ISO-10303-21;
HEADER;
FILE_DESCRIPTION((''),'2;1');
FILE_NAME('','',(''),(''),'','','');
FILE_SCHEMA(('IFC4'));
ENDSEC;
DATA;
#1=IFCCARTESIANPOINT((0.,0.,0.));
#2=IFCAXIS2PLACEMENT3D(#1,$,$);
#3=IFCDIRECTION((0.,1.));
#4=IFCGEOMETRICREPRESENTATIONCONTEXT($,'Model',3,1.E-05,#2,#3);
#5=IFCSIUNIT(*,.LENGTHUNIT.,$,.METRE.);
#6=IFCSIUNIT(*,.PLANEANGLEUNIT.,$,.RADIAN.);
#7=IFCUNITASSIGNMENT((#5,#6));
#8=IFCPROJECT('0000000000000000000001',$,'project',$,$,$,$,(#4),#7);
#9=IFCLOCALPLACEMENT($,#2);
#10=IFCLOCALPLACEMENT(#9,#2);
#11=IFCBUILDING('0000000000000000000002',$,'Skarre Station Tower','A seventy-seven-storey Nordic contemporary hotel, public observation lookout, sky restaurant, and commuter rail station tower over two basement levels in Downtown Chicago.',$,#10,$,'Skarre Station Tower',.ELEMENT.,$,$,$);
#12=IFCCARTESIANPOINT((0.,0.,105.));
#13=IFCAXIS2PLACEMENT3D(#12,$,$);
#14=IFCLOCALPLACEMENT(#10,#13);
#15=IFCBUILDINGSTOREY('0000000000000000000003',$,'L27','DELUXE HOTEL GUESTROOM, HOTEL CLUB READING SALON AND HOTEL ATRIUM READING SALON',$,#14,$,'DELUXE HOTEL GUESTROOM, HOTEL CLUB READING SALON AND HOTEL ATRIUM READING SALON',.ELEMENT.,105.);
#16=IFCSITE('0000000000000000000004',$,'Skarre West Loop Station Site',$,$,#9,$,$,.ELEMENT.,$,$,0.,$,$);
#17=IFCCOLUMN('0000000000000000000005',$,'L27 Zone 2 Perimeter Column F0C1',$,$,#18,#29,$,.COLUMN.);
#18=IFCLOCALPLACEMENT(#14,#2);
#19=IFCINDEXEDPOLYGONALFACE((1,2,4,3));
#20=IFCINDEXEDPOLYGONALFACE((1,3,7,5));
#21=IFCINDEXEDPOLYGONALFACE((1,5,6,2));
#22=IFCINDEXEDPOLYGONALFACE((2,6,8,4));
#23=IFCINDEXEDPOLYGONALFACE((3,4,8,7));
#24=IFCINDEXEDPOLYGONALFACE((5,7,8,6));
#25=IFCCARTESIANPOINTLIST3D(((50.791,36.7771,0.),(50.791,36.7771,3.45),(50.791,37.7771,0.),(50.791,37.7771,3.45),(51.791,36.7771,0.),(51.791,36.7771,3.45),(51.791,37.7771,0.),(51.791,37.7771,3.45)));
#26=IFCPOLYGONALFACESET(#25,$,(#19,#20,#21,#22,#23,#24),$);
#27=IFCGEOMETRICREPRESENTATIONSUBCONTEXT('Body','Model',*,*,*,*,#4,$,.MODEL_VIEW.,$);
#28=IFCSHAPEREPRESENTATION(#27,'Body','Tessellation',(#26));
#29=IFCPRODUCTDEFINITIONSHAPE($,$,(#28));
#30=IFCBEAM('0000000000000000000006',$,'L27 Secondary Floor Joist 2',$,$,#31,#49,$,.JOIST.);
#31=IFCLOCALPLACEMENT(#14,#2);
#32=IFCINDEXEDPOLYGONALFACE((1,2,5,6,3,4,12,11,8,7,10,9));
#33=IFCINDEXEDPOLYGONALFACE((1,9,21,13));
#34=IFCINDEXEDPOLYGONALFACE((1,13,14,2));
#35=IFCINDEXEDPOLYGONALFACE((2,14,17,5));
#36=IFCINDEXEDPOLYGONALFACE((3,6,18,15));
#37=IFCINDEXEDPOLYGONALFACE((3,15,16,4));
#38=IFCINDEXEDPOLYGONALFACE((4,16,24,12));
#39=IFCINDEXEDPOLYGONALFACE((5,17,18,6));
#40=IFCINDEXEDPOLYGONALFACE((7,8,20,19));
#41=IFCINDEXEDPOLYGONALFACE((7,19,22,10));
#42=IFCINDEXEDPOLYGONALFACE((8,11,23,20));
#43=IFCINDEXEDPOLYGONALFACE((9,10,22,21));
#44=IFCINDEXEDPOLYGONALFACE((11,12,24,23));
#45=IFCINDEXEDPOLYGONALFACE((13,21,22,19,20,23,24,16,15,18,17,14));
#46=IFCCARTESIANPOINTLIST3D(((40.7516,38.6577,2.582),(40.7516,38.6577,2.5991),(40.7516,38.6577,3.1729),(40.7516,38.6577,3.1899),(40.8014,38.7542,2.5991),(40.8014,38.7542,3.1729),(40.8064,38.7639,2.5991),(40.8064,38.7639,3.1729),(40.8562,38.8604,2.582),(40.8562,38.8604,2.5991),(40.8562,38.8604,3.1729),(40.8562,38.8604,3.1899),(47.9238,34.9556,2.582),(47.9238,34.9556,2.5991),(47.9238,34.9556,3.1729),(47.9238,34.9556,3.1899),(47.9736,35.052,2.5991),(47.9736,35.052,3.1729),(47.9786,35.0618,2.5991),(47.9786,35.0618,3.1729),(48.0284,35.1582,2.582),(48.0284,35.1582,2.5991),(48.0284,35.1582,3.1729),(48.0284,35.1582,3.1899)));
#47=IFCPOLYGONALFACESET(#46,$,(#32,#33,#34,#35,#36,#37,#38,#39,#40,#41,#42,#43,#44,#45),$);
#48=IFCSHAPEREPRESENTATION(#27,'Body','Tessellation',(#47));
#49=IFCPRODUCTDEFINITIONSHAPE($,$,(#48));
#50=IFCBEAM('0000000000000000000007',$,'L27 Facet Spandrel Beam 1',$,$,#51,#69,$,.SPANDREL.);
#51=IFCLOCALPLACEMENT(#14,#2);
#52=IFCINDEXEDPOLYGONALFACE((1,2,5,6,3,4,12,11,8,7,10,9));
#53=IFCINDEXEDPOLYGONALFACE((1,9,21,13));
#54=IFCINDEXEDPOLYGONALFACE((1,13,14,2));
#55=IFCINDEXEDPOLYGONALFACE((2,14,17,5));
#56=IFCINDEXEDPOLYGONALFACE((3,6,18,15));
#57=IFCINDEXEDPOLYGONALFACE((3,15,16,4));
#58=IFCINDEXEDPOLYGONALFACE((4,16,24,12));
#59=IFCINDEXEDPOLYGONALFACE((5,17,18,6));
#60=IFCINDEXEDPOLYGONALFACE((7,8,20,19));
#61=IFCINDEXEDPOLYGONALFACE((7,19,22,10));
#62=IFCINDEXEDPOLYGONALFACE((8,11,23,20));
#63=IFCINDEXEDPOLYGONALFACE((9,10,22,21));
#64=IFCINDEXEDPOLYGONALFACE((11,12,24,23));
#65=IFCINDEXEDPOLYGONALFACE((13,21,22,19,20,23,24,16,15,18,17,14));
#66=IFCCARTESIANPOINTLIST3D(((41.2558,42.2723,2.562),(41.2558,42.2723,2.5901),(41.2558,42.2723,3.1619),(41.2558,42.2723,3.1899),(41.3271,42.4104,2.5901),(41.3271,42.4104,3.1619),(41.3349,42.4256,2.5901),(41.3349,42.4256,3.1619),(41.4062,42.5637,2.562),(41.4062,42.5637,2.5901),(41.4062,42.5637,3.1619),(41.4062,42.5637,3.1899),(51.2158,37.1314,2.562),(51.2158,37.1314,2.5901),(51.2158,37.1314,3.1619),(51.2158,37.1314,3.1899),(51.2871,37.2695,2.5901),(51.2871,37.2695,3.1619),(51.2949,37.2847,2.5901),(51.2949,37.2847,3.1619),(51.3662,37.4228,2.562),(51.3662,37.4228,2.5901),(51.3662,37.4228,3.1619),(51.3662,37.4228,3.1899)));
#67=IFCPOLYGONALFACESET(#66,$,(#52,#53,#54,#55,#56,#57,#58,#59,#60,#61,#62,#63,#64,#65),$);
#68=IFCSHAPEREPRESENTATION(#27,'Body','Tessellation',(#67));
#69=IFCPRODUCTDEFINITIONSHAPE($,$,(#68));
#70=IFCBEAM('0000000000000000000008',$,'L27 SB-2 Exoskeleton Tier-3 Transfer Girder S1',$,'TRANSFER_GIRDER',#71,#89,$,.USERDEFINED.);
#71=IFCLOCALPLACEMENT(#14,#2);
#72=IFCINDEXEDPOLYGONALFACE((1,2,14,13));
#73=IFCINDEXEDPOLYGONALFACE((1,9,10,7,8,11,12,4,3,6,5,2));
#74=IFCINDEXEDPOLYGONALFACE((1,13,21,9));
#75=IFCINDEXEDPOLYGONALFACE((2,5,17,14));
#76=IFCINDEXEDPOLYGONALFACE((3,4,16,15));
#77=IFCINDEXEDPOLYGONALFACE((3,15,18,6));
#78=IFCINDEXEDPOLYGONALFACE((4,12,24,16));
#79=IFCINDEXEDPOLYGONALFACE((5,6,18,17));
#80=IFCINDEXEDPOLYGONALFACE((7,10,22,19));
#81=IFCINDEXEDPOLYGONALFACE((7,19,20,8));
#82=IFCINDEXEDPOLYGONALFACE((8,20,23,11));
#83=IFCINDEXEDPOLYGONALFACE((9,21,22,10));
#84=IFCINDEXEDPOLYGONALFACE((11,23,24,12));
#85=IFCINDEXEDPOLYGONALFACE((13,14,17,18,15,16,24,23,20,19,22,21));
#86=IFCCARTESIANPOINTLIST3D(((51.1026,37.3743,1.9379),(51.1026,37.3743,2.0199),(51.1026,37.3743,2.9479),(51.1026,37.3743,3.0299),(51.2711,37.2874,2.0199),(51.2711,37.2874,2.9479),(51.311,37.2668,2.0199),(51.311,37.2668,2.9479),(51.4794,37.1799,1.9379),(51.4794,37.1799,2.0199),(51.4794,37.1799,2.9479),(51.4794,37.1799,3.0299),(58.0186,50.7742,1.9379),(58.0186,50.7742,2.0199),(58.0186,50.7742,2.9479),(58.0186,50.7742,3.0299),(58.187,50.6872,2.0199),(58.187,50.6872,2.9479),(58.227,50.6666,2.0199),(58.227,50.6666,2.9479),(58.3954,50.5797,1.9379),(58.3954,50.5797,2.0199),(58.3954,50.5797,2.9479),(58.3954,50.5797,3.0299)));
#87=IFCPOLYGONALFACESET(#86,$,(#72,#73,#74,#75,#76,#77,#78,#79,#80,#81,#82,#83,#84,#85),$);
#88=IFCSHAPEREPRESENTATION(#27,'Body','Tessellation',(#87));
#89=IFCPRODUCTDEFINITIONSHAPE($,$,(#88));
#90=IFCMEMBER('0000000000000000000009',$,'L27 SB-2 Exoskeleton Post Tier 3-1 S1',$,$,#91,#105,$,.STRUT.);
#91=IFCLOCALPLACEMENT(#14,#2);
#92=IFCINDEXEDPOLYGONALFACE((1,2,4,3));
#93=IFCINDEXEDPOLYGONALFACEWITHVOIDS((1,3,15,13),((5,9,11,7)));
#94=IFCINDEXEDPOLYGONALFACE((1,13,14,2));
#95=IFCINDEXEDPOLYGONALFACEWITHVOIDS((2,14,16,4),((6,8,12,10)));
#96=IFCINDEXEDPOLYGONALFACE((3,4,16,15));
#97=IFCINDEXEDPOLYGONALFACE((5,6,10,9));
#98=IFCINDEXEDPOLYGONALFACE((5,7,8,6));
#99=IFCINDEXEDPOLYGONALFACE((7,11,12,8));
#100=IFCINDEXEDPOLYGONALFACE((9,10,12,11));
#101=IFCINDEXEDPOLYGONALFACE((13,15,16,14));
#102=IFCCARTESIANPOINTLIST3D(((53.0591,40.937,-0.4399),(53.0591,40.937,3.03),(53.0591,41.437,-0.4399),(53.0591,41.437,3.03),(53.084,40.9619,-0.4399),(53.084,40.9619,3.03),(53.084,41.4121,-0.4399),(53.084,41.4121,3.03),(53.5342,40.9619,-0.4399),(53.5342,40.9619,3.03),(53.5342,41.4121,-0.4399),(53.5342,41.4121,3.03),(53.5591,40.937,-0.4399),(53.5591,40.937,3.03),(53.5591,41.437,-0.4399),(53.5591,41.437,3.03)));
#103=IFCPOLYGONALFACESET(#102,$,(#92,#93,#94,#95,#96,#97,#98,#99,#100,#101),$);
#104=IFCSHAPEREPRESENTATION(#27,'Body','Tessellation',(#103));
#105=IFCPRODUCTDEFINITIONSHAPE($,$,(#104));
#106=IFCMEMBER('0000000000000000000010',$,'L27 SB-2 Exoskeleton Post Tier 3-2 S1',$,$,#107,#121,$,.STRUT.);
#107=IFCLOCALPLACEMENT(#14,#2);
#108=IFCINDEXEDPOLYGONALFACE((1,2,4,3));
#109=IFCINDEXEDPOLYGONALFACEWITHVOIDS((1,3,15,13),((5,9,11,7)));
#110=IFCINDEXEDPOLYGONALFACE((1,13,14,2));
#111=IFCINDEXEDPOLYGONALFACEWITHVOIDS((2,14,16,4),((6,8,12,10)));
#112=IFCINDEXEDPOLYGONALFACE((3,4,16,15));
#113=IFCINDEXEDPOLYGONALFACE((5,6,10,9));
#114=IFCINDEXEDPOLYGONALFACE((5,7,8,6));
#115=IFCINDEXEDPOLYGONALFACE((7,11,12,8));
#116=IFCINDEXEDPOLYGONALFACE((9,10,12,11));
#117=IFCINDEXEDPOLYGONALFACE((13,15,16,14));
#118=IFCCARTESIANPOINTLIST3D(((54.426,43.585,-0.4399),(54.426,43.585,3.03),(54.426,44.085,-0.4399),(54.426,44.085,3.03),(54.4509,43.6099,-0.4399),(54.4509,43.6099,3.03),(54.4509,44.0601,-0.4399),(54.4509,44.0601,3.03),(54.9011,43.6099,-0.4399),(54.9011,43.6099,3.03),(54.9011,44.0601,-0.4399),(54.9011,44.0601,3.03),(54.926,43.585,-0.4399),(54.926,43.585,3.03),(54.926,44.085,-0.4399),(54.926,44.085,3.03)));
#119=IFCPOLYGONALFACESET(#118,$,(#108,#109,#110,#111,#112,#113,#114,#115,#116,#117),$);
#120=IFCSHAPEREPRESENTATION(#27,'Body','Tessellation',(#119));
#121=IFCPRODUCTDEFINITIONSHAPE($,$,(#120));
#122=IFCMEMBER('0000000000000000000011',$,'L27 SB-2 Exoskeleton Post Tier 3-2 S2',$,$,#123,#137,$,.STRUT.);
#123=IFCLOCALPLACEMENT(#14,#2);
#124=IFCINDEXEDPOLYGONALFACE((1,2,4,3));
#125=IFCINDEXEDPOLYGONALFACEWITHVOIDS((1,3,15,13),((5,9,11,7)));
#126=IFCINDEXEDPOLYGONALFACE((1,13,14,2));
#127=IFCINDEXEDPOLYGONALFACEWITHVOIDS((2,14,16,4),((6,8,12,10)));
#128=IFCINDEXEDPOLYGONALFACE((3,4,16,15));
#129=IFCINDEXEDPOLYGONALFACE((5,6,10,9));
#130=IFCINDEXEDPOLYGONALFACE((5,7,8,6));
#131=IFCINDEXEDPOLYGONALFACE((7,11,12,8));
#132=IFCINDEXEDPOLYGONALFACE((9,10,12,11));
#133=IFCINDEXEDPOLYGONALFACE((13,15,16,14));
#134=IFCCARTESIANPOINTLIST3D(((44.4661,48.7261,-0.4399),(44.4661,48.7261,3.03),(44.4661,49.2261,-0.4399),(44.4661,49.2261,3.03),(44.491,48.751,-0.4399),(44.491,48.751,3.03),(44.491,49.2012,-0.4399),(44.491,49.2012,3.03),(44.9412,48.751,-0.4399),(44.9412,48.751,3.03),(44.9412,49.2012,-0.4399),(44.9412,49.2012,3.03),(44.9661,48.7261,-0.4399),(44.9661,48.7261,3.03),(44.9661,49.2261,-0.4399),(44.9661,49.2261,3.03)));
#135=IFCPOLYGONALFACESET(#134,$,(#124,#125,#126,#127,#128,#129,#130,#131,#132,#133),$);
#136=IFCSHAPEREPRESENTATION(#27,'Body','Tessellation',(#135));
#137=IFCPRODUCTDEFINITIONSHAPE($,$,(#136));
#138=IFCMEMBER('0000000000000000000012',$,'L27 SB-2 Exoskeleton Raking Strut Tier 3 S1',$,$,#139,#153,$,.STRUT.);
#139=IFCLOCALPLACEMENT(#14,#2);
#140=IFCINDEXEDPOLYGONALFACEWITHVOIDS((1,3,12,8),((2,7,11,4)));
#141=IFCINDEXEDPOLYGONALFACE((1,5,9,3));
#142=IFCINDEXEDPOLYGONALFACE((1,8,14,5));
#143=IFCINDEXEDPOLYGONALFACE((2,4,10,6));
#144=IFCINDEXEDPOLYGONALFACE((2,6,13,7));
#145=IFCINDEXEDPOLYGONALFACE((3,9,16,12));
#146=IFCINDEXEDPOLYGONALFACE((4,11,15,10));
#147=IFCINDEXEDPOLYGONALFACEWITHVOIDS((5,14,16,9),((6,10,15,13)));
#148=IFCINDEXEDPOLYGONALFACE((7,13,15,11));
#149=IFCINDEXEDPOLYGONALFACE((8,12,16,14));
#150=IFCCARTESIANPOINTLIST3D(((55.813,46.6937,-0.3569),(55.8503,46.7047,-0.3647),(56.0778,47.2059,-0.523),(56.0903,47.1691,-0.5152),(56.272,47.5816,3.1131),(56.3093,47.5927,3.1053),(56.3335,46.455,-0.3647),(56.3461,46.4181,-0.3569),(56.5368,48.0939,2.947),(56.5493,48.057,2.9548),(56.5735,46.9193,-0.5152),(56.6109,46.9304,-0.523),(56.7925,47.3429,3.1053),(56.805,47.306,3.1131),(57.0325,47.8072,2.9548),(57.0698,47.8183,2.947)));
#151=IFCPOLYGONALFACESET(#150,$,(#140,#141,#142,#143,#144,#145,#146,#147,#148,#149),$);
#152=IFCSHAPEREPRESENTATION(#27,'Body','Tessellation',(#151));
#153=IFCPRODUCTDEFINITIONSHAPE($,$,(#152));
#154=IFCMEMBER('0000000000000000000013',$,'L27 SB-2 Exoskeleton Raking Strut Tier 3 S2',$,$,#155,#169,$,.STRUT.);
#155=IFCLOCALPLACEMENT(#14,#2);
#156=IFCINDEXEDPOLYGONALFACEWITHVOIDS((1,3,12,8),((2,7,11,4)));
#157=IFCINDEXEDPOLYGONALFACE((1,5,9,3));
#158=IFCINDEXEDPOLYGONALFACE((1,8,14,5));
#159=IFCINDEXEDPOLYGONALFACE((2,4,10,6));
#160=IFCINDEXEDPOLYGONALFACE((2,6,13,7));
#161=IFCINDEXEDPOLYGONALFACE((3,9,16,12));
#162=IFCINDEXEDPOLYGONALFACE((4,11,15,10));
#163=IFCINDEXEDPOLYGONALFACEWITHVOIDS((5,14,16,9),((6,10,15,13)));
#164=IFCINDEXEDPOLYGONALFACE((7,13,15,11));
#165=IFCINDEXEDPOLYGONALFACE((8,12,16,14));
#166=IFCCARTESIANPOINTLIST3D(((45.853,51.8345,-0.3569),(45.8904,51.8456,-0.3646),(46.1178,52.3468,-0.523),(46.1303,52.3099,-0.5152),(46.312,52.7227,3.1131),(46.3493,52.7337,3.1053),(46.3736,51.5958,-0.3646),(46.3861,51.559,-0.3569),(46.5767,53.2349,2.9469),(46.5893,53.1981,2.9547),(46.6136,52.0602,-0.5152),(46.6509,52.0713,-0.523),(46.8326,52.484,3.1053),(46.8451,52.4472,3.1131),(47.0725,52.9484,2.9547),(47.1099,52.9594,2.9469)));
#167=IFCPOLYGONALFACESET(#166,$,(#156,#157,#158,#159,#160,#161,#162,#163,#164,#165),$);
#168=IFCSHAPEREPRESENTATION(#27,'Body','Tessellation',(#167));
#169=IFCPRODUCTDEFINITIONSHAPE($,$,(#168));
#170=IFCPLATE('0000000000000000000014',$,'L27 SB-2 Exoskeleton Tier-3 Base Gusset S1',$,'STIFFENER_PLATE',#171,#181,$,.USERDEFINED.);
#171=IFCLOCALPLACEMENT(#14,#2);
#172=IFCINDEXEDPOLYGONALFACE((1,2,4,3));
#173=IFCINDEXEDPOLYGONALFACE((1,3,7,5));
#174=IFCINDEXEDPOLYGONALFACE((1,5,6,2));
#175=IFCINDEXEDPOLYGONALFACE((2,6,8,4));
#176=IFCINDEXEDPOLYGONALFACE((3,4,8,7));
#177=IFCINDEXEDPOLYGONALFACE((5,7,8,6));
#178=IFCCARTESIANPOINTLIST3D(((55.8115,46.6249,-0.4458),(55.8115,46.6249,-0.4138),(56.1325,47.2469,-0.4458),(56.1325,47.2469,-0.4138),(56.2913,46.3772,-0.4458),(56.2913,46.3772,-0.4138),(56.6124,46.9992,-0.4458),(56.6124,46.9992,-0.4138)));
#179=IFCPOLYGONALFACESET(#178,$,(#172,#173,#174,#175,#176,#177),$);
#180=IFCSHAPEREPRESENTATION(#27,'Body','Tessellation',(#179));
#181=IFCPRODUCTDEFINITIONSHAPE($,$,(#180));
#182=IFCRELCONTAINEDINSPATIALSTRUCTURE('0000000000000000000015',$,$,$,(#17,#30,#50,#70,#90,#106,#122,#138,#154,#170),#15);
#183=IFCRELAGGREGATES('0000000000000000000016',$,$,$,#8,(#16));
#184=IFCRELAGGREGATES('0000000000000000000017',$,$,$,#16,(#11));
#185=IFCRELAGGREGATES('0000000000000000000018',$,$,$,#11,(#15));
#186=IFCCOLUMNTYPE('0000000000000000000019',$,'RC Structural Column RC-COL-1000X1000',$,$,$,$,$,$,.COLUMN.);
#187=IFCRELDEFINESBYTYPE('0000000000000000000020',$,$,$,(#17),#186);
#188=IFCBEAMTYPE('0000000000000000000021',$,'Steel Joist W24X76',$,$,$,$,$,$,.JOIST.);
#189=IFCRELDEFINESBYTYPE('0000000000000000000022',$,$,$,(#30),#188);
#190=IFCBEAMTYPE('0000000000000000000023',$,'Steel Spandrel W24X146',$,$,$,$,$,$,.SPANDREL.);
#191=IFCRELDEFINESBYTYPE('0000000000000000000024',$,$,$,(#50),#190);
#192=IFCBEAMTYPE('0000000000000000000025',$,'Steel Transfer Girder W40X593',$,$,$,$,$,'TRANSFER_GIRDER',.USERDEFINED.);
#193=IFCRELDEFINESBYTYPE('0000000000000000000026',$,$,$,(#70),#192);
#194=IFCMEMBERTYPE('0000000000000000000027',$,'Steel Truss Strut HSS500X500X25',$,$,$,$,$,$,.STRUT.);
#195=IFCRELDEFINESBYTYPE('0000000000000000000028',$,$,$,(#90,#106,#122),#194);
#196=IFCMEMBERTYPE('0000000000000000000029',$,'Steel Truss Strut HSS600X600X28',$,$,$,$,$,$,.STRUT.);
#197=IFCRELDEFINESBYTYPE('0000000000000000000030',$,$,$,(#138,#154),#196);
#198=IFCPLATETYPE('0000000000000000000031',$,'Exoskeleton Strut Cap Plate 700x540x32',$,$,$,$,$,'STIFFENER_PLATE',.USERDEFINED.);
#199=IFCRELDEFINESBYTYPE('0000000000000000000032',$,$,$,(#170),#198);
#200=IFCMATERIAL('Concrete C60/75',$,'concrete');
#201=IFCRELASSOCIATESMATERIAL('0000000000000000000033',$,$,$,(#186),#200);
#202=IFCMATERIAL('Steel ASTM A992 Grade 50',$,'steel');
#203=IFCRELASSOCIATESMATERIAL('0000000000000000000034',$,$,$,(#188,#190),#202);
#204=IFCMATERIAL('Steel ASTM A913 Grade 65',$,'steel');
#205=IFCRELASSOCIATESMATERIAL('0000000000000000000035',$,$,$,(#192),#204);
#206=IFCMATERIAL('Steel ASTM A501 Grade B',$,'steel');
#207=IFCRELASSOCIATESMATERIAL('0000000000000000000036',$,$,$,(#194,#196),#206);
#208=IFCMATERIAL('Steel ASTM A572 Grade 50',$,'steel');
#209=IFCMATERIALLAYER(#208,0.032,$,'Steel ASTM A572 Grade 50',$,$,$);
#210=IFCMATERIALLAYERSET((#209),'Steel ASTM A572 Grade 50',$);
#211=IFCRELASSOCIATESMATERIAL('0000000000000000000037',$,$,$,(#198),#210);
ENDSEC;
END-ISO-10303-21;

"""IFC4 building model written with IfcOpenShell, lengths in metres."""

from ifc_helpers import new_model, si_unit, direction, frame, origin, origin_2d, place, context, subcontext, project, spatial, rectangle, hollow_rectangle, i_section, extrude, material, layer, layer_set, material_profile, profile_set, type_object, element, save


model = new_model("IFC4")

# Units and contexts
model_context = context("Model", 3, precision=1e-05, world=origin(), true_north=direction((0.0, 1.0)))
body_context = subcontext(model_context, "Body", "Model", "MODEL_VIEW")
ifc_project = project(units=[si_unit("LENGTHUNIT", "METRE"), si_unit("PLANEANGLEUNIT", "RADIAN")], contexts=[model_context])

# Site, building, storey
site_placement = place(None, origin())
site = spatial("IfcSite", under=ifc_project, at=site_placement, Name="Skarre West Loop Station Site", CompositionType="ELEMENT", RefElevation=0.0)
building_placement = place(site_placement, origin())
building = spatial("IfcBuilding", under=site, at=building_placement, Name="Skarre Station Tower", Description="A seventy-seven-storey Nordic contemporary hotel, public observation lookout, sky restaurant, and commuter rail station tower over two basement levels in Downtown Chicago.", LongName="Skarre Station Tower", CompositionType="ELEMENT")
storey_placement = place(building_placement, frame((0.0, 0.0, 105.0)))
storey = spatial("IfcBuildingStorey", under=building, at=storey_placement, Name="L27", Description="DELUXE HOTEL GUESTROOM, HOTEL CLUB READING SALON AND HOTEL ATRIUM READING SALON", LongName="DELUXE HOTEL GUESTROOM, HOTEL CLUB READING SALON AND HOTEL ATRIUM READING SALON", CompositionType="ELEMENT", Elevation=105.0)

# Column
ifc_material_1 = material(Name="Concrete C60/75", Category="concrete")
ifc_material_profile_1 = material_profile(ifc_material_1, rectangle(XDim=1.0, YDim=1.0, at=origin_2d()), Name="Concrete C60/75")
ifc_profile_set_1 = profile_set([ifc_material_profile_1], Name="Concrete C60/75")
column_type = type_object("IfcColumnType", Name="RC Structural Column RC-COL-1000X1000", PredefinedType="COLUMN", material=ifc_profile_set_1)
column_placement = place(storey_placement, frame((51.291, 37.2771, 0.0), z_axis=(0.0, 0.0, 1.0), x_axis=(1.0, 0.0, 0.0)))
element("IfcColumn", 1, at=column_placement, inside=storey, type_object=column_type, Name="L27 Zone 2 Perimeter Column F0C1", PredefinedType="COLUMN", context=body_context, shape_type="SweptSolid", body=[
    extrude(rectangle(XDim=1.0, YDim=1.0, at=origin_2d()), origin(), (0.0, 0.0, 1.0), 3.45),
])

# Beams
ifc_material_2 = material(Name="Steel ASTM A992 Grade 50", Category="steel")
ifc_material_profile_2 = material_profile(ifc_material_2, i_section(OverallWidth=0.228, OverallDepth=0.6079, WebThickness=0.011, FlangeThickness=0.0171, at=origin_2d()), Name="Steel ASTM A992 Grade 50")
ifc_profile_set_2 = profile_set([ifc_material_profile_2], Name="Steel ASTM A992 Grade 50")
beam_type_1 = type_object("IfcBeamType", Name="Steel Joist W24X76", PredefinedType="JOIST", material=ifc_profile_set_2)
beam_1_placement = place(storey_placement, frame((47.9761, 35.0569, 2.886), z_axis=(-0.8886, 0.458683, 0.0), x_axis=(-0.458683, -0.8886, 0.0)))
element("IfcBeam", 2, at=beam_1_placement, inside=storey, type_object=beam_type_1, Name="L27 Secondary Floor Joist 2", PredefinedType="JOIST", context=body_context, shape_type="SweptSolid", body=[
    extrude(i_section(OverallWidth=0.228, OverallDepth=0.6079, WebThickness=0.011, FlangeThickness=0.0171, at=origin_2d()), origin(), (0.0, 0.0, 1.0), 8.0713),
])
ifc_material_profile_3 = material_profile(ifc_material_2, i_section(OverallWidth=0.3279, OverallDepth=0.6279, WebThickness=0.0171, FlangeThickness=0.0281, at=origin_2d()), Name="Steel ASTM A992 Grade 50")
ifc_profile_set_3 = profile_set([ifc_material_profile_3], Name="Steel ASTM A992 Grade 50")
beam_type_2 = type_object("IfcBeamType", Name="Steel Spandrel W24X146", PredefinedType="SPANDREL", material=ifc_profile_set_3)
beam_2_placement = place(storey_placement, frame((51.291, 37.2771, 2.876), z_axis=(-0.888612, 0.45866, 0.0), x_axis=(-0.45866, -0.888612, 0.0)))
element("IfcBeam", 3, at=beam_2_placement, inside=storey, type_object=beam_type_2, Name="L27 Facet Spandrel Beam 1", PredefinedType="SPANDREL", context=body_context, shape_type="SweptSolid", body=[
    extrude(i_section(OverallWidth=0.3279, OverallDepth=0.6279, WebThickness=0.0171, FlangeThickness=0.0281, at=origin_2d()), origin(), (0.0, 0.0, 1.0), 11.2085),
])
ifc_material_3 = material(Name="Steel ASTM A913 Grade 65", Category="steel")
ifc_material_profile_4 = material_profile(ifc_material_3, i_section(OverallWidth=0.4241, OverallDepth=1.092, WebThickness=0.0449, FlangeThickness=0.082, at=origin_2d()), Name="Steel ASTM A913 Grade 65")
ifc_profile_set_4 = profile_set([ifc_material_profile_4], Name="Steel ASTM A913 Grade 65")
beam_type_3 = type_object("IfcBeamType", Name="Steel Transfer Girder W40X593", ElementType="TRANSFER_GIRDER", PredefinedType="USERDEFINED", material=ifc_profile_set_4)
beam_3_placement = place(storey_placement, frame((51.291, 37.2771, 2.4839), z_axis=(0.45864, 0.888622, 0.0), x_axis=(-0.888622, 0.45864, 0.0)))
element("IfcBeam", 4, at=beam_3_placement, inside=storey, type_object=beam_type_3, Name="L27 SB-2 Exoskeleton Tier-3 Transfer Girder S1", ObjectType="TRANSFER_GIRDER", PredefinedType="USERDEFINED", context=body_context, shape_type="SweptSolid", body=[
    extrude(i_section(OverallWidth=0.4241, OverallDepth=1.092, WebThickness=0.0449, FlangeThickness=0.082, at=origin_2d()), origin(), (0.0, 0.0, 1.0), 15.0793),
])

# Members
ifc_material_4 = material(Name="Steel ASTM A501 Grade B", Category="steel")
ifc_material_profile_5 = material_profile(ifc_material_4, hollow_rectangle(XDim=0.5, YDim=0.5, WallThickness=0.0249, at=origin_2d()), Name="Steel ASTM A501 Grade B")
ifc_profile_set_5 = profile_set([ifc_material_profile_5], Name="Steel ASTM A501 Grade B")
member_type_1 = type_object("IfcMemberType", Name="Steel Truss Strut HSS500X500X25", PredefinedType="STRUT", material=ifc_profile_set_5)
for number, where, z_axis, x_axis, name in (
    (5, (53.3091, 41.187, -0.4399), (0.0, 0.0, 1.0), (1.0, 0.0, 0.0), "L27 SB-2 Exoskeleton Post Tier 3-1 S1"),
    (6, (54.676, 43.835, -0.4399), (0.0, 0.0, 1.0), (1.0, 0.0, 0.0), "L27 SB-2 Exoskeleton Post Tier 3-2 S1"),
    (7, (44.7161, 48.9761, -0.4399), (0.0, 0.0, 1.0), (1.0, 0.0, 0.0), "L27 SB-2 Exoskeleton Post Tier 3-2 S2"),
):
    element("IfcMember", number, at=place(storey_placement, frame(where, z_axis=z_axis, x_axis=x_axis)), inside=storey, type_object=member_type_1, Name=name, PredefinedType="STRUT", context=body_context, shape_type="SweptSolid", body=[
        extrude(hollow_rectangle(XDim=0.5, YDim=0.5, WallThickness=0.0249, at=origin_2d()), origin(), (0.0, 0.0, 1.0), 3.47),
    ])
ifc_material_profile_6 = material_profile(ifc_material_4, hollow_rectangle(XDim=0.6001, YDim=0.6001, WallThickness=0.0281, at=origin_2d()), Name="Steel ASTM A501 Grade B")
ifc_profile_set_6 = profile_set([ifc_material_profile_6], Name="Steel ASTM A501 Grade B")
member_type_2 = type_object("IfcMemberType", Name="Steel Truss Strut HSS600X600X28", PredefinedType="STRUT", material=ifc_profile_set_6)
for number, where, z_axis, x_axis, name in (
    (8, (56.2119, 46.812, -0.4399), (0.127105, 0.245894, 0.960927), (-0.888338, 0.45919, 0.0), "L27 SB-2 Exoskeleton Raking Strut Tier 3 S1"),
    (9, (46.252, 51.9529, -0.4399), (0.127103, 0.245957, 0.960911), (-0.888389, 0.459091, 0.0), "L27 SB-2 Exoskeleton Raking Strut Tier 3 S2"),
):
    element("IfcMember", number, at=place(storey_placement, frame(where, z_axis=z_axis, x_axis=x_axis)), inside=storey, type_object=member_type_2, Name=name, PredefinedType="STRUT", context=body_context, shape_type="SweptSolid", body=[
        extrude(hollow_rectangle(XDim=0.6001, YDim=0.6001, WallThickness=0.0281, at=origin_2d()), origin(), (0.0, 0.0, 1.0), 3.6111),
    ])

# Plate
ifc_material_5 = material(Name="Steel ASTM A572 Grade 50", Category="steel")
ifc_layer_1 = layer(ifc_material_5, 0.032, Name="Steel ASTM A572 Grade 50")
ifc_layer_set_1 = layer_set([ifc_layer_1], Name="Steel ASTM A572 Grade 50")
plate_type = type_object("IfcPlateType", Name="Exoskeleton Strut Cap Plate 700x540x32", ElementType="STIFFENER_PLATE", PredefinedType="USERDEFINED", material=ifc_layer_set_1)
for number, where, z_axis, x_axis, name in (
    (10, (56.2119, 46.812, -0.4458), (0.0, 0.0, 1.0), (0.45865, 0.888617, 0.0), "L27 SB-2 Exoskeleton Tier-3 Base Gusset S1"),
):
    element("IfcPlate", number, at=place(storey_placement, frame(where, z_axis=z_axis, x_axis=x_axis)), inside=storey, type_object=plate_type, Name=name, ObjectType="STIFFENER_PLATE", PredefinedType="USERDEFINED", context=body_context, shape_type="SweptSolid", body=[
        extrude(rectangle(XDim=0.7, YDim=0.54, at=origin_2d()), origin(), (0.0, 0.0, 1.0), 0.032),
    ])

save(model, "model.ifc")
